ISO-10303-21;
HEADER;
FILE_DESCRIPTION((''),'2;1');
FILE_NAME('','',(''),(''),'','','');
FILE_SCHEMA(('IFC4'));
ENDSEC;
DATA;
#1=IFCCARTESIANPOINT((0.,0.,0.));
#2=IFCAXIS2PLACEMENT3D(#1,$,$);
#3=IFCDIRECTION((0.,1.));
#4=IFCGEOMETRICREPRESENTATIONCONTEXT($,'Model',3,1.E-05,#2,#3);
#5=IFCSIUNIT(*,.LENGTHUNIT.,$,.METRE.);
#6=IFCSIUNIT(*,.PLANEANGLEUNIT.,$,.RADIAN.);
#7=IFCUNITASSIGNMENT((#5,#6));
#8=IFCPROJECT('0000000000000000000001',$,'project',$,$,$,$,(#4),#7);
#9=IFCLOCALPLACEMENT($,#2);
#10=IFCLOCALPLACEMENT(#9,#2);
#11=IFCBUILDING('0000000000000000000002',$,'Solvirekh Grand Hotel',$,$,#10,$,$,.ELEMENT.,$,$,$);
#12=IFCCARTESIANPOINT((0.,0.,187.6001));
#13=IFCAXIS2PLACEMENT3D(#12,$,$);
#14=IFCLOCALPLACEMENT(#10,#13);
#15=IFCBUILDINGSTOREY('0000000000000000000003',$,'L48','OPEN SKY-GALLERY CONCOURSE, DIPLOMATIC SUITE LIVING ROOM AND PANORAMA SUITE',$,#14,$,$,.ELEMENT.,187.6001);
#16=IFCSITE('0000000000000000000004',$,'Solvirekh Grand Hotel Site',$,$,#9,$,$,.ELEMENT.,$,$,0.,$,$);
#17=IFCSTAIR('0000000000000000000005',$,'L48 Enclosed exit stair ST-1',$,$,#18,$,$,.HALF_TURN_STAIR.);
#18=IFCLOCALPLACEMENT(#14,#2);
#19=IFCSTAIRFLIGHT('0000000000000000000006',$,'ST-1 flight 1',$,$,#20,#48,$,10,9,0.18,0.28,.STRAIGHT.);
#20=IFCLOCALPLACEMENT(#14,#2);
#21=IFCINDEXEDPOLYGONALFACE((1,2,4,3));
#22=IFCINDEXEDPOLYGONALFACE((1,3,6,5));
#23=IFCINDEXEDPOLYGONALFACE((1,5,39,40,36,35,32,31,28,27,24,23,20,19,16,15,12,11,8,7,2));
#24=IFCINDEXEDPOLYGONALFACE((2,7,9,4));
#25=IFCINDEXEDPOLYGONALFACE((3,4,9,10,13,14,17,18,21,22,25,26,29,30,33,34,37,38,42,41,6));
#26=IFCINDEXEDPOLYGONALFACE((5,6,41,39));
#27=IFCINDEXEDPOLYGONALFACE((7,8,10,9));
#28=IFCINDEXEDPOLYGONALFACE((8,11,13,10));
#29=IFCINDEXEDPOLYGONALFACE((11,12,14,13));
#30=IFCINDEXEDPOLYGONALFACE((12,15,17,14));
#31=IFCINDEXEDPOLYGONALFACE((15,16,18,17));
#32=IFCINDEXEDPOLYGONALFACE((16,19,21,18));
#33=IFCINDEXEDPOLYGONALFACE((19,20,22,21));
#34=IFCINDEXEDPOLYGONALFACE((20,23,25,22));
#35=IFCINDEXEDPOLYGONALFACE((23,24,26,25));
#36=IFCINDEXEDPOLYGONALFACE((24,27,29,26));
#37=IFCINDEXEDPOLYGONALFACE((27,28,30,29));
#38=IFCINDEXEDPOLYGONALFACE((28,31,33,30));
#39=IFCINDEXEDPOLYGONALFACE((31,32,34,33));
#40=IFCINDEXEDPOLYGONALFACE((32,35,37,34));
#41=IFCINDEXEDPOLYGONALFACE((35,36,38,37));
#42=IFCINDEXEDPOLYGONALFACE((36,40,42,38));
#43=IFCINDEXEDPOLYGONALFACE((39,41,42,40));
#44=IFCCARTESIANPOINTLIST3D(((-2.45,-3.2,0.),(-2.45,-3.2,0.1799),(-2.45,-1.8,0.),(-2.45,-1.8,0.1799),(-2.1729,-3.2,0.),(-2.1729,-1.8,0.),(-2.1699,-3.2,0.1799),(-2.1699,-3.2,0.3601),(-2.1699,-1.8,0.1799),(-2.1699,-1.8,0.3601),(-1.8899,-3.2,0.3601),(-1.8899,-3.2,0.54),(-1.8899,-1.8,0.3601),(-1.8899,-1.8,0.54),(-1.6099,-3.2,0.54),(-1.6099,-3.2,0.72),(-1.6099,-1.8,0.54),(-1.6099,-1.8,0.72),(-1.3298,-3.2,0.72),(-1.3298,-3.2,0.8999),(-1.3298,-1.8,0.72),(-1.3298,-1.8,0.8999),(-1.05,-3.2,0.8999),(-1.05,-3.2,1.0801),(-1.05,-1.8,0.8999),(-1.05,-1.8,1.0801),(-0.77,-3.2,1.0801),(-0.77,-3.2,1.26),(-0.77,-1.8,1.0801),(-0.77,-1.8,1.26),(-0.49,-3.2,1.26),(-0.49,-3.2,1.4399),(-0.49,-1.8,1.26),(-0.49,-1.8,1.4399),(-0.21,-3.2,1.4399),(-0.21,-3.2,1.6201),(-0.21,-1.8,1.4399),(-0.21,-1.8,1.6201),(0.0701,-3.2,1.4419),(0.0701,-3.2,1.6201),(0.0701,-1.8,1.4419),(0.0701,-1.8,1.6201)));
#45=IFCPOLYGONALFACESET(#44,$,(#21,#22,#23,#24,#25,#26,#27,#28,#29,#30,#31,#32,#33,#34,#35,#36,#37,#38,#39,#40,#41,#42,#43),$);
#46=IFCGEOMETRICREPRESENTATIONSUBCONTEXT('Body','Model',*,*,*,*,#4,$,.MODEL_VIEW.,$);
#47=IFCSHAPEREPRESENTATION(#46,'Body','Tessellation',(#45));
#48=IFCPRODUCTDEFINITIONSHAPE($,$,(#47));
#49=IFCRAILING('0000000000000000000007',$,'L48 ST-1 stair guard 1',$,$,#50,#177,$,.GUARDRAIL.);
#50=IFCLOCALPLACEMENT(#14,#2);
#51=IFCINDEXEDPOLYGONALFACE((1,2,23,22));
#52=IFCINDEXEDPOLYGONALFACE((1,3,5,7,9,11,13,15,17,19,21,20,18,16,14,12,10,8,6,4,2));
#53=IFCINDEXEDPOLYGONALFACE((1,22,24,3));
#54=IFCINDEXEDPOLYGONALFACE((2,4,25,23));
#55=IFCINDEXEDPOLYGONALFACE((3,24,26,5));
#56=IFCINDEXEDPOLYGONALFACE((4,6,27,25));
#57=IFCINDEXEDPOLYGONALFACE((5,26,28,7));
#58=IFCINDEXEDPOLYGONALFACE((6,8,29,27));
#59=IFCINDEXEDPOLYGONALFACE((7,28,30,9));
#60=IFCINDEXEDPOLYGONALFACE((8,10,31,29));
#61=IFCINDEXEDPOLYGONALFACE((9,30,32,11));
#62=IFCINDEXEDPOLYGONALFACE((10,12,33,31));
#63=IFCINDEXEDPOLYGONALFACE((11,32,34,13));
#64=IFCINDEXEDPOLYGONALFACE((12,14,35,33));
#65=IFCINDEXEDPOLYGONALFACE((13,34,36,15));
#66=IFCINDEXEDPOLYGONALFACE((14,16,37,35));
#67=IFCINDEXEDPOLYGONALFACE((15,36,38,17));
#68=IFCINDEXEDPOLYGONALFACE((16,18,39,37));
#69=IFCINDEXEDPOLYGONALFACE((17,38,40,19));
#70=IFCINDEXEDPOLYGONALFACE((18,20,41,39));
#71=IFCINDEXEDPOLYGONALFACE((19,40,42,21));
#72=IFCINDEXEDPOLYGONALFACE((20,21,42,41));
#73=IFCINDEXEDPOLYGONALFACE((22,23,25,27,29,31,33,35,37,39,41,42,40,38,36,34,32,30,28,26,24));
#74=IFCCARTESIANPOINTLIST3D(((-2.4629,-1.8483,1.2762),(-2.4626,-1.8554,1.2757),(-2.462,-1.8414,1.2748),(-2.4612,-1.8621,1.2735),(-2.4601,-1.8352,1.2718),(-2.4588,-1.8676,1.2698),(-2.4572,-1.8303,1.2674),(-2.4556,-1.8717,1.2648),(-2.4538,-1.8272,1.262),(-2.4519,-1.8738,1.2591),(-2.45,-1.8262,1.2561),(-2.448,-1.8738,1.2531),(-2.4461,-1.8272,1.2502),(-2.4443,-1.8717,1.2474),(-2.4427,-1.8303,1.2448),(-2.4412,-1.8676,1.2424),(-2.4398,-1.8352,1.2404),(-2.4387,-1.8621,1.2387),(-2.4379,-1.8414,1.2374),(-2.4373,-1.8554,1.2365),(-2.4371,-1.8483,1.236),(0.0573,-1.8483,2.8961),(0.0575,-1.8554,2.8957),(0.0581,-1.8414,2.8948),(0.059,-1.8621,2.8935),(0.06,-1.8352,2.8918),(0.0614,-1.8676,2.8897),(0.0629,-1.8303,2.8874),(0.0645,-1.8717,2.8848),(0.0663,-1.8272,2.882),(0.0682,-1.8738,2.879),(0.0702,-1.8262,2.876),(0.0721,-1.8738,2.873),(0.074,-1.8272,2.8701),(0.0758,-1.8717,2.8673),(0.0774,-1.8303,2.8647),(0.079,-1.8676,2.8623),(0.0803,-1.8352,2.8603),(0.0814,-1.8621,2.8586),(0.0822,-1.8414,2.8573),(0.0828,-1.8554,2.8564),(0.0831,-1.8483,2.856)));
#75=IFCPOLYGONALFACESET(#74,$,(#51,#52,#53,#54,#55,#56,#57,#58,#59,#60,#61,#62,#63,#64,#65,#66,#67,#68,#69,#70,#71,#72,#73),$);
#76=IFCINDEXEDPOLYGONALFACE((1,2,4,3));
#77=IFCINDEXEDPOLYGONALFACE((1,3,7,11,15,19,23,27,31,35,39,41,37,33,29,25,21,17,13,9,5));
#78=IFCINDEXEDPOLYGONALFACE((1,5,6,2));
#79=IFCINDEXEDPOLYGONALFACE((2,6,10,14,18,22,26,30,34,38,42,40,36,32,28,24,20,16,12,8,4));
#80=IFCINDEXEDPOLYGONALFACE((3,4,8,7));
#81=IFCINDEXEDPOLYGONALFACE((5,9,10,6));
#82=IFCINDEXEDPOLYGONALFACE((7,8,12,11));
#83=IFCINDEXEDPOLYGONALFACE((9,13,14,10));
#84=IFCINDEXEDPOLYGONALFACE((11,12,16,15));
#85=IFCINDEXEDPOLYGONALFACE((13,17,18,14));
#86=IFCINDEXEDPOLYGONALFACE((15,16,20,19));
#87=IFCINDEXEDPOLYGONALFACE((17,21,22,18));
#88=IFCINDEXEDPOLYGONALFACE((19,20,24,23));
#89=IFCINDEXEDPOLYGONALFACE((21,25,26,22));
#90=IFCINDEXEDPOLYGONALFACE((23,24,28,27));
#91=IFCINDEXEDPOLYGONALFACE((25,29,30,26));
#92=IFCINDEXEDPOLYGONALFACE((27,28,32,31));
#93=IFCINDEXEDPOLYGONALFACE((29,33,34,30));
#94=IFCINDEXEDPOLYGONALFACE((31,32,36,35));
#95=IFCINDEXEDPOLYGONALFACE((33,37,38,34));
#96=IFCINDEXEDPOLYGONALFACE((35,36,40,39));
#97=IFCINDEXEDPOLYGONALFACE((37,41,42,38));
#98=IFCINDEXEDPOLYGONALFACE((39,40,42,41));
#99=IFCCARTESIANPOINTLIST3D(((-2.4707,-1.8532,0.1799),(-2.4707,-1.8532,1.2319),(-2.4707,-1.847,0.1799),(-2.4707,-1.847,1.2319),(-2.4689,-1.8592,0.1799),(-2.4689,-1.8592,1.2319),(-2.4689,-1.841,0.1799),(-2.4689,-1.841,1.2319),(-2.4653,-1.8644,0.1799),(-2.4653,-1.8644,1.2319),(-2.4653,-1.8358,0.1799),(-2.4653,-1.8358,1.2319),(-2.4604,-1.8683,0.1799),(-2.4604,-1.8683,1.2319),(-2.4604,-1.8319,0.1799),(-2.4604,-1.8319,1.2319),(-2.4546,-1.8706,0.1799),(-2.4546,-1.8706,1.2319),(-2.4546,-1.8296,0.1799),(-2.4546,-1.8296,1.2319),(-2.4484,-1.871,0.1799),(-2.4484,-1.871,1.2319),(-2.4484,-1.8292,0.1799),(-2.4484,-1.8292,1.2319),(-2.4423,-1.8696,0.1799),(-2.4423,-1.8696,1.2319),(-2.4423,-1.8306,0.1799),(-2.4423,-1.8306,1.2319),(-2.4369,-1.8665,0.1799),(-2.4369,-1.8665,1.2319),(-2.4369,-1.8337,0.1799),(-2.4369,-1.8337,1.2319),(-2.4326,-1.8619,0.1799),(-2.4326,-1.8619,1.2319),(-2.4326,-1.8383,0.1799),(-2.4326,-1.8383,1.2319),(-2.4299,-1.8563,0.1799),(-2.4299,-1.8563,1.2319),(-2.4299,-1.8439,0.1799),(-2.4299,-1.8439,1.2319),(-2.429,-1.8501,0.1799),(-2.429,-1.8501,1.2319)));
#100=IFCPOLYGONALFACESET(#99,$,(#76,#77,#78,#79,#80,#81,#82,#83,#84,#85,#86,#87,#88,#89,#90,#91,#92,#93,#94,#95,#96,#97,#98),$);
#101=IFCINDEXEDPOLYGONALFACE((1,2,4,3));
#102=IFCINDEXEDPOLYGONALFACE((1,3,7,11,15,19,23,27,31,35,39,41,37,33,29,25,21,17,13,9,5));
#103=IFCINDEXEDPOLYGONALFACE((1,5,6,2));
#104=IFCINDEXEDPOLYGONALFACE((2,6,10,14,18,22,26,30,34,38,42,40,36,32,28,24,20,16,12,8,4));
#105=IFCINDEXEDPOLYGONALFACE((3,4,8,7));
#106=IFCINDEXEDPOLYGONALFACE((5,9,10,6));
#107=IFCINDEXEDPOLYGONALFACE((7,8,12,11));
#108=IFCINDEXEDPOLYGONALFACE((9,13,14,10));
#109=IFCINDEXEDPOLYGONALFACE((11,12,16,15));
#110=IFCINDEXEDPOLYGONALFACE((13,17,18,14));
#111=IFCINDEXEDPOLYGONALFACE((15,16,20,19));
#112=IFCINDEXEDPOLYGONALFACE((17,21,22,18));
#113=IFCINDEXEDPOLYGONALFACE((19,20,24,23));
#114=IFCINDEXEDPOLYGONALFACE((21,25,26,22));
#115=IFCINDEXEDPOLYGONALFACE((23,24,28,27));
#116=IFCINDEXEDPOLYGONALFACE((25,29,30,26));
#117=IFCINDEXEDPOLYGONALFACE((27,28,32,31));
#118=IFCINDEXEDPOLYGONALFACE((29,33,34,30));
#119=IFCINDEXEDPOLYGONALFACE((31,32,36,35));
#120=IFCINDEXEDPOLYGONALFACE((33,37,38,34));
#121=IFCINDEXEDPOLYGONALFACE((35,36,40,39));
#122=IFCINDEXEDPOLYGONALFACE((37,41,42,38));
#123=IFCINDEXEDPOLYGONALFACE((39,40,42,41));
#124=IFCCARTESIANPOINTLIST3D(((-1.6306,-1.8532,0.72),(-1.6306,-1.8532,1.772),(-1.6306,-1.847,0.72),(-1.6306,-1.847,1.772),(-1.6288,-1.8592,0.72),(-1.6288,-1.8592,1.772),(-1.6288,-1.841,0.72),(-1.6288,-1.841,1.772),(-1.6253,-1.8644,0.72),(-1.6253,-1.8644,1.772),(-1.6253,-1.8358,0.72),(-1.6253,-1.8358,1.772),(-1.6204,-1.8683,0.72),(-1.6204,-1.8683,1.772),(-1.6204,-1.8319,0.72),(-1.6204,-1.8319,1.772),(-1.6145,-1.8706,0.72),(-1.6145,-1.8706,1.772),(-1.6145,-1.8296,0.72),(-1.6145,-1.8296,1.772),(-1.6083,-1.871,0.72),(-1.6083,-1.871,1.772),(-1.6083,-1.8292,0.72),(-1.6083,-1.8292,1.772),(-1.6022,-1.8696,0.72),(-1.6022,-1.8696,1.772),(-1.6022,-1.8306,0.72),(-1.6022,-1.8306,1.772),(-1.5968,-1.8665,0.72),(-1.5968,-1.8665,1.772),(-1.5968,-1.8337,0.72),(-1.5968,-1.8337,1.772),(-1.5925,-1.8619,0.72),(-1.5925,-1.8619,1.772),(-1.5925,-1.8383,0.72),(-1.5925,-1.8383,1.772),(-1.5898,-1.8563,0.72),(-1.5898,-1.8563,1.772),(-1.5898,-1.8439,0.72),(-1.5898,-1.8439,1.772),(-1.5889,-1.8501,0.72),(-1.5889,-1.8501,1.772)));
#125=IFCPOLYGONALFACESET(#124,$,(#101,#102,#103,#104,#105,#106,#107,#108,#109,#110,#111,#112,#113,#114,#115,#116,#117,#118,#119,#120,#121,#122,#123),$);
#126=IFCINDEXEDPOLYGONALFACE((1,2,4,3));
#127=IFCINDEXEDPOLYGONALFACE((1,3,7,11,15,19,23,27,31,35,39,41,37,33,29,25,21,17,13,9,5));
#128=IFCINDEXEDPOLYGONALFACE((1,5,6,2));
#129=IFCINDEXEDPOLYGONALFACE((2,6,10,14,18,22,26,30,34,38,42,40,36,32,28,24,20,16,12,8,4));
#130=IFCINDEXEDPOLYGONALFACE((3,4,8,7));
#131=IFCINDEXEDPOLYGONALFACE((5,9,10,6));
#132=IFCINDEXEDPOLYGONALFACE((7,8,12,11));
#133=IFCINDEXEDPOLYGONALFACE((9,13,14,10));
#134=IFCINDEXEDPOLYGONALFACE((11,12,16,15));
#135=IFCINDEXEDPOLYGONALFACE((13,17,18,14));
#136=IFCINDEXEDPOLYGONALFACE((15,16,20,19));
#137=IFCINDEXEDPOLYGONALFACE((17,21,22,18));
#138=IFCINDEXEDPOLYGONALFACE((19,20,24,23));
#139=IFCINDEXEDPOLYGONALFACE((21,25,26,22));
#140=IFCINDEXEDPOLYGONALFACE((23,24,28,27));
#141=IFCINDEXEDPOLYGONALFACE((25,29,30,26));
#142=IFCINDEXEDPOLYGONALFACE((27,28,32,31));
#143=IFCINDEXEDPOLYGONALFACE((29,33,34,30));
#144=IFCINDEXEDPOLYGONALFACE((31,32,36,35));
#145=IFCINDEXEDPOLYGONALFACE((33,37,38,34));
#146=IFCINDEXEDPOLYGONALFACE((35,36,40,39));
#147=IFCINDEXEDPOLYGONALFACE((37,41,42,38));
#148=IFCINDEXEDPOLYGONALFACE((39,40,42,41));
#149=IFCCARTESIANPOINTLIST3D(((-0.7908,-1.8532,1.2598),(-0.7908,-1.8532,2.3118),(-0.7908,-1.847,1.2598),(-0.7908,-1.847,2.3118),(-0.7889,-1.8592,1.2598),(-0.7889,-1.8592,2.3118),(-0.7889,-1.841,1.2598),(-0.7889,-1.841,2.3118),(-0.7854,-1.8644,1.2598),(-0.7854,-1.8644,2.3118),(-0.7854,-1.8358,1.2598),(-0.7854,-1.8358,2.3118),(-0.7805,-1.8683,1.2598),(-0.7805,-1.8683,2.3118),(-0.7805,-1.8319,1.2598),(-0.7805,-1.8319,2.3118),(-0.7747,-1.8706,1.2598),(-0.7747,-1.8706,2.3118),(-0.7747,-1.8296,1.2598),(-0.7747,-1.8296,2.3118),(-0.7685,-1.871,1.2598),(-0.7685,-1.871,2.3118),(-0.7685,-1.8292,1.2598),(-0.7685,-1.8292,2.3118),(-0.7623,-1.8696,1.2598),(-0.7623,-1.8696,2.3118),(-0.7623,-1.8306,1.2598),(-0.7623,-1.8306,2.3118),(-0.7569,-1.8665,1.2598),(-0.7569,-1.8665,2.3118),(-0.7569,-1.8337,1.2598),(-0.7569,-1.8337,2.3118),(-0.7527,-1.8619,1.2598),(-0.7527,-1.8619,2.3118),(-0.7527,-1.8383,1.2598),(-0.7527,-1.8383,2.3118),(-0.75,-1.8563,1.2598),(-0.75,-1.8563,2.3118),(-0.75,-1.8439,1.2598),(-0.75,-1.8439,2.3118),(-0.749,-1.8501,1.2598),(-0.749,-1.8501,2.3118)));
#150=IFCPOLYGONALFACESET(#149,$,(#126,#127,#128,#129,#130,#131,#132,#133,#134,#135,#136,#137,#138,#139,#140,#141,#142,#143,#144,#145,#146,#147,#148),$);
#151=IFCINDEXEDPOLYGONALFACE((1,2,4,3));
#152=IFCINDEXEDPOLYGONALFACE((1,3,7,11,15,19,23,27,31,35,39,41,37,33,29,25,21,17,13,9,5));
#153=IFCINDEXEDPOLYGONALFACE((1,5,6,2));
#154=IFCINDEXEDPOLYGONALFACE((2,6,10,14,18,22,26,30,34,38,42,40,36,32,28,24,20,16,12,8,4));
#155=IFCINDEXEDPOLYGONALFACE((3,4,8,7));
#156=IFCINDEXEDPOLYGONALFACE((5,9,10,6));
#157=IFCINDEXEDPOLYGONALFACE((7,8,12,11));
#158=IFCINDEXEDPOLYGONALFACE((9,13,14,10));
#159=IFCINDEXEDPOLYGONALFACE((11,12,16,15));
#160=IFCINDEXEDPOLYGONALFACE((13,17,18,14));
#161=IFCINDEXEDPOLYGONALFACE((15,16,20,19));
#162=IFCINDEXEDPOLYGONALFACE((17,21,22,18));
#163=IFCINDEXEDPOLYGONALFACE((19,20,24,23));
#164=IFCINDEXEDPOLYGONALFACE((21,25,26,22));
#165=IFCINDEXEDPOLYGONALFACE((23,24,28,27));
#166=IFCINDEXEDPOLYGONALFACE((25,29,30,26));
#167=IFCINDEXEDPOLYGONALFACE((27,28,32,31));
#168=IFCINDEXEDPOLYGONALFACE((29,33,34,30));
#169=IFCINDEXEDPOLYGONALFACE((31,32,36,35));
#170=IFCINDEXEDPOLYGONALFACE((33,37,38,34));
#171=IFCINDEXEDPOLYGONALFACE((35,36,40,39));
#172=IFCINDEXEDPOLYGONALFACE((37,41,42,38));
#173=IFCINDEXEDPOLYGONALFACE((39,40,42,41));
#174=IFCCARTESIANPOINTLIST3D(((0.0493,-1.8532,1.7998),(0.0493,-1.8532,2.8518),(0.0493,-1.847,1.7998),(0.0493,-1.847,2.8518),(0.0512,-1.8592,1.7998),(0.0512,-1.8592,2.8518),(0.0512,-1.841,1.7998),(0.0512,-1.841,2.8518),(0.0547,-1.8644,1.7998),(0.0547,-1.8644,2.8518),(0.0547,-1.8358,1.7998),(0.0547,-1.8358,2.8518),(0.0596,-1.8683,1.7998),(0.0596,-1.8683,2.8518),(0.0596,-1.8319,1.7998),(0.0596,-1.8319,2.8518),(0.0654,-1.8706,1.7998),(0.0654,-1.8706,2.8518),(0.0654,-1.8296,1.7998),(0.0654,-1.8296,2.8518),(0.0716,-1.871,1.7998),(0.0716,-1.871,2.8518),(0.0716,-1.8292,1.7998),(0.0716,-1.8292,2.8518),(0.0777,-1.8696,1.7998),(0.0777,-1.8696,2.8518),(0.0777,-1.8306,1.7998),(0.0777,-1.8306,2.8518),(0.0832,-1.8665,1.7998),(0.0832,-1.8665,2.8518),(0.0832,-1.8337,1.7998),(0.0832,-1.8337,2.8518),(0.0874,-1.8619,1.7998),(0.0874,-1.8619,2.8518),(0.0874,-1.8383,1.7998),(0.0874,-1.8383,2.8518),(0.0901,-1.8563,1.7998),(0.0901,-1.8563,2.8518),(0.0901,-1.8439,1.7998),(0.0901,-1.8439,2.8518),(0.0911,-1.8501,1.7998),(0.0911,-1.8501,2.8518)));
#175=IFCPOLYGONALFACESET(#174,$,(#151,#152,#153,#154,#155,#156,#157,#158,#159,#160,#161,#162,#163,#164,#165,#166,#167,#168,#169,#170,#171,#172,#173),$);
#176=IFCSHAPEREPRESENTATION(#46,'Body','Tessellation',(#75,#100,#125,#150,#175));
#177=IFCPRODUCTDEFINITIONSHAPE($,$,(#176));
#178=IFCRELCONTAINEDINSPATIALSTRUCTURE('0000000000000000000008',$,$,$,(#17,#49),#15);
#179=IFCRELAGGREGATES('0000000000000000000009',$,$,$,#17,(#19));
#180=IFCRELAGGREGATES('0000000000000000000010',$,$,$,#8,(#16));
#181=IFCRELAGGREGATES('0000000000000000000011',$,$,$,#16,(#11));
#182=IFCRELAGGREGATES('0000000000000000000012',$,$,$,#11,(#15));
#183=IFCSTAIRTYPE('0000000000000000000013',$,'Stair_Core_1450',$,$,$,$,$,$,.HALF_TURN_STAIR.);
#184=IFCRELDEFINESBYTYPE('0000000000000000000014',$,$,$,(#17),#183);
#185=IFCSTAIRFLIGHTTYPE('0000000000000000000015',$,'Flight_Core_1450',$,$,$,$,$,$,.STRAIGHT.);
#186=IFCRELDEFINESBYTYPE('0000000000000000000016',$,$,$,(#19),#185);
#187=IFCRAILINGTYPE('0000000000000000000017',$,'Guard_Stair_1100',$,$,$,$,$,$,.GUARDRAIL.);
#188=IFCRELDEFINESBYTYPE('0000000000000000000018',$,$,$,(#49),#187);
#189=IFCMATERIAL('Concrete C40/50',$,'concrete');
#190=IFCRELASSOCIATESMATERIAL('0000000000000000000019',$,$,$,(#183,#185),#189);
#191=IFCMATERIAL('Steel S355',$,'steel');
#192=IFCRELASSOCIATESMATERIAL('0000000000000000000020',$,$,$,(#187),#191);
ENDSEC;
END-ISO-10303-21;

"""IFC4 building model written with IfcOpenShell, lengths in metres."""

from ifc_helpers import new_model, si_unit, direction, frame, origin, origin_2d, place, context, subcontext, project, spatial, polyline, circle, outline, extrude, material, type_object, element, aggregate, save


model = new_model("IFC4")

# Units and contexts
model_context = context("Model", 3, precision=1e-05, world=origin(), true_north=direction((0.0, 1.0)))
body_context = subcontext(model_context, "Body", "Model", "MODEL_VIEW")
ifc_project = project(units=[si_unit("LENGTHUNIT", "METRE"), si_unit("PLANEANGLEUNIT", "RADIAN")], contexts=[model_context])

# Site, building, storey
site_placement = place(None, origin())
site = spatial("IfcSite", under=ifc_project, at=site_placement, Name="Solvirekh Grand Hotel Site", CompositionType="ELEMENT", RefElevation=0.0)
building_placement = place(site_placement, origin())
building = spatial("IfcBuilding", under=site, at=building_placement, Name="Solvirekh Grand Hotel", CompositionType="ELEMENT")
storey_placement = place(building_placement, frame((0.0, 0.0, 187.6001)))
storey = spatial("IfcBuildingStorey", under=building, at=storey_placement, Name="L48", Description="OPEN SKY-GALLERY CONCOURSE, DIPLOMATIC SUITE LIVING ROOM AND PANORAMA SUITE", CompositionType="ELEMENT", Elevation=187.6001)

# Shared definitions
ifc_material_1 = material(Name="Steel S355", Category="steel")

# Stair
ifc_material_2 = material(Name="Concrete C40/50", Category="concrete")
stair_type = type_object("IfcStairType", Name="Stair_Core_1450", PredefinedType="HALF_TURN_STAIR", material=ifc_material_2)
stair_placement = place(storey_placement, origin())
stair = element("IfcStair", 1, at=stair_placement, inside=storey, type_object=stair_type, Name="L48 Enclosed exit stair ST-1", PredefinedType="HALF_TURN_STAIR")

# Stair flight
stair_flight_type = type_object("IfcStairFlightType", Name="Flight_Core_1450", PredefinedType="STRAIGHT", material=ifc_material_2)
stair_flight_placement = place(storey_placement, frame((-2.45, -2.5, 0.0), z_axis=(0.0, 0.0, 1.0), x_axis=(1.0, 0.0, 0.0)))
stair_flight = element("IfcStairFlight", 2, at=stair_flight_placement, type_object=stair_flight_type, Name="ST-1 flight 1", NumberOfRisers=10, NumberOfTreads=9, PredefinedType="STRAIGHT", RiserHeight=0.18, TreadLength=0.28, context=body_context, shape_type="SweptSolid", body=[
    extrude(outline(polyline([(0.0, 0.0), (0.0, 0.1799), (0.28, 0.1799), (0.28, 0.3601), (0.5601, 0.3601), (0.5601, 0.54), (0.8401, 0.54), (0.8401, 0.72), (1.1201, 0.72), (1.1201, 0.8999), (1.3999, 0.8999), (1.3999, 1.0801), (1.6799, 1.0801), (1.6799, 1.26), (1.96, 1.26), (1.96, 1.4399), (2.24, 1.4399), (2.24, 1.6201), (2.52, 1.6201), (2.52, 1.8), (2.52, 1.4419), (0.2771, 0.0), (0.0, 0.0)])), frame((0.0, 0.7, 0.0), z_axis=(0.0, -1.0, 0.0), x_axis=(1.0, 0.0, 0.0)), (0.0, 0.0, 1.0), 1.3999),
])
aggregate(stair, [stair_flight])

# Railing
railing_type_1 = type_object("IfcRailingType", Name="Guard_Stair_1100", PredefinedType="GUARDRAIL", material=ifc_material_1)
railing_1_placement = place(storey_placement, frame((-2.45, -1.8501, 0.1799)))
element("IfcRailing", 3, at=railing_1_placement, inside=storey, type_object=railing_type_1, Name="L48 ST-1 stair guard 1", PredefinedType="GUARDRAIL", context=body_context, shape_type="SweptSolid", body=[
    extrude(circle(Radius=0.0239, at=origin_2d()), frame((0.0, 0.0, 1.0762), z_axis=(0.8412, 0.0, 0.540725), x_axis=(0.0, 1.0, 0.0)), (0.0, 0.0, 1.0), 2.9958),
    extrude(circle(Radius=0.021, at=origin_2d()), origin(), (0.0, 0.0, 1.0), 1.052),
    extrude(circle(Radius=0.021, at=origin_2d()), frame((0.8401, 0.0, 0.54)), (0.0, 0.0, 1.0), 1.052),
    extrude(circle(Radius=0.021, at=origin_2d()), frame((1.6799, 0.0, 1.0798)), (0.0, 0.0, 1.0), 1.052),
    extrude(circle(Radius=0.021, at=origin_2d()), frame((2.52, 0.0, 1.6199)), (0.0, 0.0, 1.0), 1.052),
])

save(model, "model.ifc")
